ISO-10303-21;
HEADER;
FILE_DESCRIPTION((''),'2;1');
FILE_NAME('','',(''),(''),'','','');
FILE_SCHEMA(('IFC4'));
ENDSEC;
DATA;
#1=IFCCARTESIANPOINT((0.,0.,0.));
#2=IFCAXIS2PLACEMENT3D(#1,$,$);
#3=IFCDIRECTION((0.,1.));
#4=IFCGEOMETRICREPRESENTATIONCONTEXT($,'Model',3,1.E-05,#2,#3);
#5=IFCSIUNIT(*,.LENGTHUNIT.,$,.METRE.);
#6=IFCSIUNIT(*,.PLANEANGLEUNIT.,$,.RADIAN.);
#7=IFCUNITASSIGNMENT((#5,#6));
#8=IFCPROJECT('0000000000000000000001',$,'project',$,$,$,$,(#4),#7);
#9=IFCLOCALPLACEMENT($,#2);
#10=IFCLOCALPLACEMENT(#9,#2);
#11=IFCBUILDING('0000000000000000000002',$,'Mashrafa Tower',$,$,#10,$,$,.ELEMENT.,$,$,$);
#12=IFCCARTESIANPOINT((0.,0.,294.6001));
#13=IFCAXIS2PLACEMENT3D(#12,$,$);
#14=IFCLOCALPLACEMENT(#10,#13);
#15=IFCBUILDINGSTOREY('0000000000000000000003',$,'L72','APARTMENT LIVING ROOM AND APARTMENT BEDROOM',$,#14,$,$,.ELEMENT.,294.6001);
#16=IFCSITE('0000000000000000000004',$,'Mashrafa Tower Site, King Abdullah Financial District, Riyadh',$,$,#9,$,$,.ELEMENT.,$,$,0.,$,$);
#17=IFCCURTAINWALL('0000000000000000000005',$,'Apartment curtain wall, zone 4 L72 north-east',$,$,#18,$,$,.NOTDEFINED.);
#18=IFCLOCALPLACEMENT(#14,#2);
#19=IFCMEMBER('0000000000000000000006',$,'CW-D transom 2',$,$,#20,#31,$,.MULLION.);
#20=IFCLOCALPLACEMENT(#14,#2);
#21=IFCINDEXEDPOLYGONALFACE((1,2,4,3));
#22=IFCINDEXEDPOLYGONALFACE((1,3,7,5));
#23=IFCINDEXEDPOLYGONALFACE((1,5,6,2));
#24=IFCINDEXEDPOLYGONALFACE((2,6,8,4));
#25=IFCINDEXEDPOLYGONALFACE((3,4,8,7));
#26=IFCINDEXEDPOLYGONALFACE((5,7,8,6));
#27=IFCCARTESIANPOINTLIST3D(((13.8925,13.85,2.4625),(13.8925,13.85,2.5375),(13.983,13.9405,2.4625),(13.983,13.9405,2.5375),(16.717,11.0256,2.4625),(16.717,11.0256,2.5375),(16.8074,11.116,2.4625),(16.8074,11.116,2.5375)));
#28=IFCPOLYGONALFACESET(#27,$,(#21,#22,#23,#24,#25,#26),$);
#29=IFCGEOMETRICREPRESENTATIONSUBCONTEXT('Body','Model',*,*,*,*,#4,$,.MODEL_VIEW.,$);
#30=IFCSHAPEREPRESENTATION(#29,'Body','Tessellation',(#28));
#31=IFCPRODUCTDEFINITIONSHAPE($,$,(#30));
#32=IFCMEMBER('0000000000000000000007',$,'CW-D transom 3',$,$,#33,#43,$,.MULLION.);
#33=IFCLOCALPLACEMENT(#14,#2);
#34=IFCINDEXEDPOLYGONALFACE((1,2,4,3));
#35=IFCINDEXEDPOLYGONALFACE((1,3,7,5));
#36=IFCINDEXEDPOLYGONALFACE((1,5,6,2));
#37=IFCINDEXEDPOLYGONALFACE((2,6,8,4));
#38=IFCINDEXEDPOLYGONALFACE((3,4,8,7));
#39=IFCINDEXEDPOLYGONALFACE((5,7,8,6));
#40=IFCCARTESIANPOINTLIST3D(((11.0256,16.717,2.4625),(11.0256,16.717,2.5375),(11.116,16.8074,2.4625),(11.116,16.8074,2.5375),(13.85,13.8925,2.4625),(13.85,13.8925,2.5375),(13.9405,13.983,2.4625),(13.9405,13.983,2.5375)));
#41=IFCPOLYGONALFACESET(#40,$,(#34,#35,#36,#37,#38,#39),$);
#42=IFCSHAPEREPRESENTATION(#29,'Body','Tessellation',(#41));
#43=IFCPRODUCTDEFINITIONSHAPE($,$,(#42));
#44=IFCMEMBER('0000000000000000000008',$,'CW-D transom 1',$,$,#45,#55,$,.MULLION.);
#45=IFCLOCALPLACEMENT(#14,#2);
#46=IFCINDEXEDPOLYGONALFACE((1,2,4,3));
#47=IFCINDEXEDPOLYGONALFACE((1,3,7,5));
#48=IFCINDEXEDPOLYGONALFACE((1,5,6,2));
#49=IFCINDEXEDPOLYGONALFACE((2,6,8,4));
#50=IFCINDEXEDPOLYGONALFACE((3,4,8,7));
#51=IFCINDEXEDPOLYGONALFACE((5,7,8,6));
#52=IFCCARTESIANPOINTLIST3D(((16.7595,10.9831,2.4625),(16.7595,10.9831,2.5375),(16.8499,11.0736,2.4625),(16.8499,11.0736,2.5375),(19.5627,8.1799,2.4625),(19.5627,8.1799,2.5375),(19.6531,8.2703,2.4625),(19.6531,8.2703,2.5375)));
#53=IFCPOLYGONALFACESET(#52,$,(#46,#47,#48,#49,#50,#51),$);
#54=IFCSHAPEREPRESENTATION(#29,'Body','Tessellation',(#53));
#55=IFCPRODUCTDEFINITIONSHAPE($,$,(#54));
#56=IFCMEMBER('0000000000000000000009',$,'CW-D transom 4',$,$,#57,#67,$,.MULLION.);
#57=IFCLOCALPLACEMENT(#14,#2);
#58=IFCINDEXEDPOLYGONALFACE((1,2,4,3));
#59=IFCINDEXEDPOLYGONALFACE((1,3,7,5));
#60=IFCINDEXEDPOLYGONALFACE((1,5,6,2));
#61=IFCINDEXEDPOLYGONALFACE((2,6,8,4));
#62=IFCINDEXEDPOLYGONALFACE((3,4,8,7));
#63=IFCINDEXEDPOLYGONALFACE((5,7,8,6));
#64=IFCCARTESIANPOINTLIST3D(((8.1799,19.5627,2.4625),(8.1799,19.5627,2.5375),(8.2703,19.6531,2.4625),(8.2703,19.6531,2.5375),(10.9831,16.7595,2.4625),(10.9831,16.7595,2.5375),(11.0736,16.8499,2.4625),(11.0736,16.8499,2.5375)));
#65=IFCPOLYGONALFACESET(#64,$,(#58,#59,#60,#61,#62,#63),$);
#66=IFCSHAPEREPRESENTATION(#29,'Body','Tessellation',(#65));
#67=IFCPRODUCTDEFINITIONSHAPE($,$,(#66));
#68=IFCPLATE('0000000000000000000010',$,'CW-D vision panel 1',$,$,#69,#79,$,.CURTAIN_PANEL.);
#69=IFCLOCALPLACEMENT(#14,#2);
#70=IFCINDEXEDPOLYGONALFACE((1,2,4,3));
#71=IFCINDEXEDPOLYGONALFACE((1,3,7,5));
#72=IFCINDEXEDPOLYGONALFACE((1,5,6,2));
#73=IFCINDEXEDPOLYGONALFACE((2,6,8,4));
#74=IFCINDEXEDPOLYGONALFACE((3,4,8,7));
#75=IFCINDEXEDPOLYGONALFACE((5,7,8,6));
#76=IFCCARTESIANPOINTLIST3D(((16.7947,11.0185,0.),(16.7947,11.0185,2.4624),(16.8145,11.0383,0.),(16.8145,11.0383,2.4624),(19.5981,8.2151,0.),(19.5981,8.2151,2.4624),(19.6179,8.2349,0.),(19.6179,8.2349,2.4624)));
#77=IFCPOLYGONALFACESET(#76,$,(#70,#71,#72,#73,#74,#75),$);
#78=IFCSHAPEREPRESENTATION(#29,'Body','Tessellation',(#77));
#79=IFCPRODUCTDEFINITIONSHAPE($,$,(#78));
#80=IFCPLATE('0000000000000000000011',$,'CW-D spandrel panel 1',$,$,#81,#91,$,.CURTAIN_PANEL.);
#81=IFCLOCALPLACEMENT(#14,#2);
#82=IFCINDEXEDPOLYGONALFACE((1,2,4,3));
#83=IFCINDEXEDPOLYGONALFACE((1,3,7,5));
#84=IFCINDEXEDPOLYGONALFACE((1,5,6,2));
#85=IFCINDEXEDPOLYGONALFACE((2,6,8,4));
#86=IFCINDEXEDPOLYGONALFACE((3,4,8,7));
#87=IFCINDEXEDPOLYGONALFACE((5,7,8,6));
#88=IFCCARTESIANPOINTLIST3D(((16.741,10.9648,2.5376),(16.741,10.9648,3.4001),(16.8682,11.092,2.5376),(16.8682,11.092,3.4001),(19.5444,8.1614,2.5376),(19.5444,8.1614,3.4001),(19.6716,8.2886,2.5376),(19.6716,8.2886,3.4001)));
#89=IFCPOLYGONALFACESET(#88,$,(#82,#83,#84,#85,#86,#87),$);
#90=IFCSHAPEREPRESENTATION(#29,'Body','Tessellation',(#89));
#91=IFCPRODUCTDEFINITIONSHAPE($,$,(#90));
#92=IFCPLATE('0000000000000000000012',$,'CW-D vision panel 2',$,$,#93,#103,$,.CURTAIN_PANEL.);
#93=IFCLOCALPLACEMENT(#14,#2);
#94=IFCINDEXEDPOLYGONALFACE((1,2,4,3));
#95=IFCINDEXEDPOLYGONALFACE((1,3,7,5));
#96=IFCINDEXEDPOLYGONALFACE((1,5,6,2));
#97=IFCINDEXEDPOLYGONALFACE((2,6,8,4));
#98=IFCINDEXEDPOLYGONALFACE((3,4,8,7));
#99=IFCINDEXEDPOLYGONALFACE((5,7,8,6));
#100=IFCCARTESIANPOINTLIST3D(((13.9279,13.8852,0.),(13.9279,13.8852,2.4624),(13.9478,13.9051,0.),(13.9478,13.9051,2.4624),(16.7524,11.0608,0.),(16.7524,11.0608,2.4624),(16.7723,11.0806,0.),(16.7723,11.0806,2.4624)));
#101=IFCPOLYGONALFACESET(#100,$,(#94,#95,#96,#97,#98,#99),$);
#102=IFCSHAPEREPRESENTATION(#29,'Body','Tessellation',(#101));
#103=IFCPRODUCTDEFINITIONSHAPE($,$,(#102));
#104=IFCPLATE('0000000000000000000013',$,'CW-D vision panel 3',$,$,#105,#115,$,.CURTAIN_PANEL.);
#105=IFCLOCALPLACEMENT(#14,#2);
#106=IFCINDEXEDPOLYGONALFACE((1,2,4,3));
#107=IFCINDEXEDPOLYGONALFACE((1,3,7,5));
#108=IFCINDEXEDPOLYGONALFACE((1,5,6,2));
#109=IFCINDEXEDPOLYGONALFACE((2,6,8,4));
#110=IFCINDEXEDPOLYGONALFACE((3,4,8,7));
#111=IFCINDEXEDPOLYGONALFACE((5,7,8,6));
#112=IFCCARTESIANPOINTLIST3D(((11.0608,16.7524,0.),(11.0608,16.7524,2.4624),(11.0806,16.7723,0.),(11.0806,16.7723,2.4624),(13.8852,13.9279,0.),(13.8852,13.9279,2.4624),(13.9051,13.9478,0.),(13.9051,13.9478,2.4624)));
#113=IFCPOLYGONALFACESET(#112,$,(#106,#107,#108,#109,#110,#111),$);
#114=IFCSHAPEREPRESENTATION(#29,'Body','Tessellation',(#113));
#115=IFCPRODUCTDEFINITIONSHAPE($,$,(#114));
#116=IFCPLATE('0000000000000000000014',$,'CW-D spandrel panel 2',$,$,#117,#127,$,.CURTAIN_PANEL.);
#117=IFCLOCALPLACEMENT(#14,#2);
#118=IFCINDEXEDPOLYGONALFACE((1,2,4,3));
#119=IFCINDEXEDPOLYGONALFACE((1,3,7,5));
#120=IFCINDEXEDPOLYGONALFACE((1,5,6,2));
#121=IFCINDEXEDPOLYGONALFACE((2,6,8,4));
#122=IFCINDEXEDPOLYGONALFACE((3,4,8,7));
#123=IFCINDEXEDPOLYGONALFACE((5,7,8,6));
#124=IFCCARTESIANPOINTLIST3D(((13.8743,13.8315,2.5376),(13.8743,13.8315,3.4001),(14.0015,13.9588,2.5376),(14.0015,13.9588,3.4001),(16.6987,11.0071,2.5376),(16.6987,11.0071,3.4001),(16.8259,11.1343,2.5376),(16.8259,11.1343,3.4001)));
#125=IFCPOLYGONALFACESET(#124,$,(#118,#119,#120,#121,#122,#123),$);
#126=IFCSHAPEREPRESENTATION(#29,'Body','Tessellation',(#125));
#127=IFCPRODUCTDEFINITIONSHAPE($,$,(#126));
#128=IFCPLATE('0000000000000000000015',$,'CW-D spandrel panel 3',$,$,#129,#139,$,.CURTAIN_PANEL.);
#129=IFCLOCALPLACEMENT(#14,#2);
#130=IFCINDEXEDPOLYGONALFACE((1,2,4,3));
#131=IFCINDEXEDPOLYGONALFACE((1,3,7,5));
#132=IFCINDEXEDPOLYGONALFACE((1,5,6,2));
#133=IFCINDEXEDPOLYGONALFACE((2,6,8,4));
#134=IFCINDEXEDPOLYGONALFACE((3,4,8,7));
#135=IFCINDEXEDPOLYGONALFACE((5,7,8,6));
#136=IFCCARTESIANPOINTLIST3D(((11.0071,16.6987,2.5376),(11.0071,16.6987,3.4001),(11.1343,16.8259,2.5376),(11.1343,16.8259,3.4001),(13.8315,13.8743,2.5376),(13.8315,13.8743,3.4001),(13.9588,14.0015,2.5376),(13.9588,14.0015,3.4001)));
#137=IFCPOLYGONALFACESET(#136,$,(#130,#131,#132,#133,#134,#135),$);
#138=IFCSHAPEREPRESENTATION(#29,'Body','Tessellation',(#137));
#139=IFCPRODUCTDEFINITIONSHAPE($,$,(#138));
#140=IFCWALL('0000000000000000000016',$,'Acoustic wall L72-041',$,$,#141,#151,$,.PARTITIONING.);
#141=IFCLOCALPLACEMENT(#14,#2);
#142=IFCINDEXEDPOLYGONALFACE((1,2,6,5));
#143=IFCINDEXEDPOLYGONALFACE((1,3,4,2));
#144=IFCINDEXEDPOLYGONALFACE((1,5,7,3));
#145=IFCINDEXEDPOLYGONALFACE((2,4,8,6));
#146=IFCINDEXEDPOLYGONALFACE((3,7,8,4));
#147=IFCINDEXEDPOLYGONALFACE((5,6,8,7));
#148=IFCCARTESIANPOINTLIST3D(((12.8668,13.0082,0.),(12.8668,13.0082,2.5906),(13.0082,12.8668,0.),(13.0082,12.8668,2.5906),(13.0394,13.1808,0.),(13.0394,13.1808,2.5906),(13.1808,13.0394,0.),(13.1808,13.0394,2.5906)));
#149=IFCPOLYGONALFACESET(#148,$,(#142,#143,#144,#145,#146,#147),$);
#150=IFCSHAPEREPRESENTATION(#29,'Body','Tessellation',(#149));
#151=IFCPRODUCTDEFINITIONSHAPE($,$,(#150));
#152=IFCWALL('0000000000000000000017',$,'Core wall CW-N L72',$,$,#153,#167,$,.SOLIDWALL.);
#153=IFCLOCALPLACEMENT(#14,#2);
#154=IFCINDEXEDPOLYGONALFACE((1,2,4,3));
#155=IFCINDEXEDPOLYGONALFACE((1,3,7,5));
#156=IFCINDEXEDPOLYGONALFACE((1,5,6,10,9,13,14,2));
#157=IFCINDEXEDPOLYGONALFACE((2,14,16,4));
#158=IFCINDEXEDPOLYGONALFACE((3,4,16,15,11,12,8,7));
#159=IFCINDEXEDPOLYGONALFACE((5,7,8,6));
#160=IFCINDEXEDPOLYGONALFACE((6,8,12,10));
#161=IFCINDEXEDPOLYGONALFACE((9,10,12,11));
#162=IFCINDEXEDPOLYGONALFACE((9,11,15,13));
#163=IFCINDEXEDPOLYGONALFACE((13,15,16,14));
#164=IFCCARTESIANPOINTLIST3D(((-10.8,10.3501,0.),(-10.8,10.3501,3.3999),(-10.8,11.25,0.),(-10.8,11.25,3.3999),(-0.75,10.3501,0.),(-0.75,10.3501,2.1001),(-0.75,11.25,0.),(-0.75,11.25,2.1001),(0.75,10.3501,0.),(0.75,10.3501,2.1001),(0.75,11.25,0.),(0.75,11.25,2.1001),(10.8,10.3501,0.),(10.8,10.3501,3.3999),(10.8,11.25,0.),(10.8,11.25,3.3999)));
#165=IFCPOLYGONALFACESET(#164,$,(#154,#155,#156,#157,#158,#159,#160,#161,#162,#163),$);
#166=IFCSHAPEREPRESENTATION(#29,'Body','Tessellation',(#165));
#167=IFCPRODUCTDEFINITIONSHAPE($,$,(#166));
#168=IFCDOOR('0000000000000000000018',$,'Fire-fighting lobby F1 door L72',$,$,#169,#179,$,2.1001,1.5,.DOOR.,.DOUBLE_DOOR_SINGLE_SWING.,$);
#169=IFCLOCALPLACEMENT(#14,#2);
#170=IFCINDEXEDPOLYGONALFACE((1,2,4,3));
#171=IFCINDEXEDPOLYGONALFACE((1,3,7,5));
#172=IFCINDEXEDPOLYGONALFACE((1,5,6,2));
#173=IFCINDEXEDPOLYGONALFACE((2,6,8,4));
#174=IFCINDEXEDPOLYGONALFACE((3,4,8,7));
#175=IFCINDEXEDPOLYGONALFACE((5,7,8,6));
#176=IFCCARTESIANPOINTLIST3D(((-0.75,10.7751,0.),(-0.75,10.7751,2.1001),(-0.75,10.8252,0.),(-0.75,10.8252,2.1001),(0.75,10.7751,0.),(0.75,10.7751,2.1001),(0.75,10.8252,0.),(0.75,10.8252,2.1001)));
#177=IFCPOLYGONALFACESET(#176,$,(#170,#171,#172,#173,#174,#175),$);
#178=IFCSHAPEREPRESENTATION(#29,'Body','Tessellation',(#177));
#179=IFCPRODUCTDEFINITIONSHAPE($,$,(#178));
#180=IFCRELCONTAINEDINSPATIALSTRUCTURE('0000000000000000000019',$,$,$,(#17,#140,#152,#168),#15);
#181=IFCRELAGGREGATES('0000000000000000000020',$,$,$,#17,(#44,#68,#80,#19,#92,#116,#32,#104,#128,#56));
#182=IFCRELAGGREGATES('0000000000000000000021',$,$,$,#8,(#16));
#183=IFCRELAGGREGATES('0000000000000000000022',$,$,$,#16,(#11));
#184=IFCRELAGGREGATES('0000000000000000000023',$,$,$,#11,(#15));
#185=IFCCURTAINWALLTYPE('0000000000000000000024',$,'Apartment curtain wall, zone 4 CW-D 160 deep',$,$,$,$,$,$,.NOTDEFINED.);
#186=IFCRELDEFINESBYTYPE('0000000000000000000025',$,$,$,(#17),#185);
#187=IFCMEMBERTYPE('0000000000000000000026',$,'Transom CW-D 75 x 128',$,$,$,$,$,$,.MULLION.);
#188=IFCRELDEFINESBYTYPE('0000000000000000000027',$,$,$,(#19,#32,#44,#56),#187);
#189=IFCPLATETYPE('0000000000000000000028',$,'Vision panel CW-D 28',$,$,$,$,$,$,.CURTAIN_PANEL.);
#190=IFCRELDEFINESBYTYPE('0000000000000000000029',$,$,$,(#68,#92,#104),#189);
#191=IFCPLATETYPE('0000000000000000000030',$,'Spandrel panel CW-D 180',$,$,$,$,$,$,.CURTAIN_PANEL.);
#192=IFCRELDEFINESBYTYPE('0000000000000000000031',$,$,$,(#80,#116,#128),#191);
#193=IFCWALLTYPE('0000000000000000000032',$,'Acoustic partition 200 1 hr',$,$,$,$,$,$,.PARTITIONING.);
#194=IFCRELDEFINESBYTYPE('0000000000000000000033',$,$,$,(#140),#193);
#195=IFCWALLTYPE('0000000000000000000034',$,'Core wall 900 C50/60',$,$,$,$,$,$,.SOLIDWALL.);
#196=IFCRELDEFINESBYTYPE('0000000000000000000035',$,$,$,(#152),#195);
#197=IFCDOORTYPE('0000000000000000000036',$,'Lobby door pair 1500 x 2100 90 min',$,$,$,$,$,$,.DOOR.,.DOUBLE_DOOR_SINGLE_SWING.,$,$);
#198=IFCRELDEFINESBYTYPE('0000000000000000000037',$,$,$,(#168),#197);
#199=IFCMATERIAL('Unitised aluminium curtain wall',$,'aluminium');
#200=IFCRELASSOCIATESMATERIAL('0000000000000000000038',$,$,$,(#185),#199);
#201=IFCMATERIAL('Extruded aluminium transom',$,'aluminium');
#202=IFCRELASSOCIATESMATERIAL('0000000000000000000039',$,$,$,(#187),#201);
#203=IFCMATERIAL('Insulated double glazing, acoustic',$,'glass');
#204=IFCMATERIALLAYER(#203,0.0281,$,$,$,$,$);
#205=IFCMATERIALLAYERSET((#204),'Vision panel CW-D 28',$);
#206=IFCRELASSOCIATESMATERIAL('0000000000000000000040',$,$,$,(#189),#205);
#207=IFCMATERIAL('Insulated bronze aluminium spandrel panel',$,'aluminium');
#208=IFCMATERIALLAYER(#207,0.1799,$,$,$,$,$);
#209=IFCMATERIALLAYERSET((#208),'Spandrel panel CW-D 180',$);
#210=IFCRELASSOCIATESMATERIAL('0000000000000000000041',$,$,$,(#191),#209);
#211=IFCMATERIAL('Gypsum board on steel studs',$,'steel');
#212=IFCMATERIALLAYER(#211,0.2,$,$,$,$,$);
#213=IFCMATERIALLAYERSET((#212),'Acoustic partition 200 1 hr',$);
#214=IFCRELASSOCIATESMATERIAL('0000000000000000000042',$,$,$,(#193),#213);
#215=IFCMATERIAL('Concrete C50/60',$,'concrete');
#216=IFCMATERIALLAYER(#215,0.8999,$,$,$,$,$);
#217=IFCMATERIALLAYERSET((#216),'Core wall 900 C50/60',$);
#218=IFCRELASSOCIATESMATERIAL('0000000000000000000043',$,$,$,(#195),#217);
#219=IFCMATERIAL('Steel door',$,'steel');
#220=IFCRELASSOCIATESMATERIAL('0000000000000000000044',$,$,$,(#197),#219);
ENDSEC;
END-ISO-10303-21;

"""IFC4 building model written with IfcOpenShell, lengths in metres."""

from ifc_helpers import new_model, si_unit, direction, frame, frame_2d, origin, origin_2d, place, context, subcontext, project, spatial, rectangle, extrude, source, transform, mapped, material, layer, layer_set, material_profile, profile_set, type_object, type_shapes, element, fill, aggregate, save


model = new_model("IFC4")

# Units and contexts
model_context = context("Model", 3, precision=1e-05, world=origin(), true_north=direction((0.0, 1.0)))
body_context = subcontext(model_context, "Body", "Model", "MODEL_VIEW")
ifc_project = project(units=[si_unit("LENGTHUNIT", "METRE"), si_unit("PLANEANGLEUNIT", "RADIAN")], contexts=[model_context])

# Site, building, storey
site_placement = place(None, origin())
site = spatial("IfcSite", under=ifc_project, at=site_placement, Name="Mashrafa Tower Site, King Abdullah Financial District, Riyadh", CompositionType="ELEMENT", RefElevation=0.0)
building_placement = place(site_placement, origin())
building = spatial("IfcBuilding", under=site, at=building_placement, Name="Mashrafa Tower", CompositionType="ELEMENT")
storey_placement = place(building_placement, frame((0.0, 0.0, 294.6001)))
storey = spatial("IfcBuildingStorey", under=building, at=storey_placement, Name="L72", Description="APARTMENT LIVING ROOM AND APARTMENT BEDROOM", CompositionType="ELEMENT", Elevation=294.6001)

# Curtain wall, members, plates
ifc_material_1 = material(Name="Unitised aluminium curtain wall", Category="aluminium")
curtain_wall_type = type_object("IfcCurtainWallType", Name="Apartment curtain wall, zone 4 CW-D 160 deep", PredefinedType="NOTDEFINED", material=ifc_material_1)
curtain_wall_placement = place(storey_placement, origin())
curtain_wall = element("IfcCurtainWall", 1, at=curtain_wall_placement, inside=storey, type_object=curtain_wall_type, Name="Apartment curtain wall, zone 4 L72 north-east", PredefinedType="NOTDEFINED")
ifc_material_2 = material(Name="Extruded aluminium transom", Category="aluminium")
ifc_material_profile_1 = material_profile(ifc_material_2, rectangle(XDim=0.1279, YDim=0.075, at=origin_2d()), Name="Transom 75x128")
ifc_profile_set_1 = profile_set([ifc_material_profile_1], Name="Extruded aluminium transom")
member_type_1 = type_object("IfcMemberType", Name="Transom CW-D 75 x 128", PredefinedType="MULLION", material=ifc_profile_set_1)
shared_shape_1 = source(origin(), body_context, "Body", "SweptSolid", [
    extrude(rectangle(XDim=0.1279, YDim=0.075, at=origin_2d()), origin(), (0.0, 0.0, 1.0), 3.9944),
])
member_1_placement = place(storey_placement, frame((16.7622, 11.0708, 2.5), z_axis=(-0.707107, 0.707107, 0.0), x_axis=(-0.707107, -0.707107, 0.0)))
member_1 = element("IfcMember", 2, at=member_1_placement, type_object=member_type_1, Name="CW-D transom 2", PredefinedType="MULLION", context=body_context, shape_type="MappedRepresentation", body=[
    mapped(shared_shape_1, transform((0.0, 0.0, 0.0))),
])
member_2_placement = place(storey_placement, frame((13.8953, 13.9377, 2.5), z_axis=(-0.707107, 0.707107, 0.0), x_axis=(-0.707107, -0.707107, 0.0)))
member_2 = element("IfcMember", 3, at=member_2_placement, type_object=member_type_1, Name="CW-D transom 3", PredefinedType="MULLION", context=body_context, shape_type="MappedRepresentation", body=[
    mapped(shared_shape_1, transform((0.0, 0.0, 0.0))),
])
shared_shape_2 = source(origin(), body_context, "Body", "SweptSolid", [
    extrude(rectangle(XDim=0.1279, YDim=0.075, at=origin_2d()), origin(), (0.0, 0.0, 1.0), 3.9644),
])
type_shapes(member_type_1, [shared_shape_1, shared_shape_2])
member_3_placement = place(storey_placement, frame((19.6079, 8.2251, 2.5), z_axis=(-0.707107, 0.707107, 0.0), x_axis=(-0.707107, -0.707107, 0.0)))
member_3 = element("IfcMember", 4, at=member_3_placement, type_object=member_type_1, Name="CW-D transom 1", PredefinedType="MULLION", context=body_context, shape_type="MappedRepresentation", body=[
    mapped(shared_shape_2, transform((0.0, 0.0, 0.0))),
])
member_4_placement = place(storey_placement, frame((11.0283, 16.8047, 2.5), z_axis=(-0.707107, 0.707107, 0.0), x_axis=(-0.707107, -0.707107, 0.0)))
member_4 = element("IfcMember", 5, at=member_4_placement, type_object=member_type_1, Name="CW-D transom 4", PredefinedType="MULLION", context=body_context, shape_type="MappedRepresentation", body=[
    mapped(shared_shape_2, transform((0.0, 0.0, 0.0))),
])
ifc_material_3 = material(Name="Insulated double glazing, acoustic", Category="glass")
ifc_layer_1 = layer(ifc_material_3, 0.0281)
ifc_layer_set_1 = layer_set([ifc_layer_1], Name="Vision panel CW-D 28")
plate_type_1 = type_object("IfcPlateType", Name="Vision panel CW-D 28", PredefinedType="CURTAIN_PANEL", material=ifc_layer_set_1)
shared_shape_3 = source(origin(), body_context, "Body", "SweptSolid", [
    extrude(rectangle(XDim=3.9646, YDim=0.0281, at=origin_2d()), origin(), (0.0, 0.0, 1.0), 2.4624),
])
plate_1_placement = place(storey_placement, frame((18.2063, 9.6267, 0.0), z_axis=(0.0, 0.0, 1.0), x_axis=(-0.707107, 0.707107, 0.0)))
plate_1 = element("IfcPlate", 6, at=plate_1_placement, type_object=plate_type_1, Name="CW-D vision panel 1", PredefinedType="CURTAIN_PANEL", context=body_context, shape_type="MappedRepresentation", body=[
    mapped(shared_shape_3, transform((0.0, 0.0, 0.0))),
])
ifc_material_4 = material(Name="Insulated bronze aluminium spandrel panel", Category="aluminium")
ifc_layer_2 = layer(ifc_material_4, 0.1799)
ifc_layer_set_2 = layer_set([ifc_layer_2], Name="Spandrel panel CW-D 180")
plate_type_2 = type_object("IfcPlateType", Name="Spandrel panel CW-D 180", PredefinedType="CURTAIN_PANEL", material=ifc_layer_set_2)
shared_shape_4 = source(origin(), body_context, "Body", "SweptSolid", [
    extrude(rectangle(XDim=3.9646, YDim=0.1799, at=origin_2d()), origin(), (0.0, 0.0, 1.0), 0.8625),
])
plate_2_placement = place(storey_placement, frame((18.2063, 9.6267, 2.5376), z_axis=(0.0, 0.0, 1.0), x_axis=(-0.707107, 0.707107, 0.0)))
plate_2 = element("IfcPlate", 7, at=plate_2_placement, type_object=plate_type_2, Name="CW-D spandrel panel 1", PredefinedType="CURTAIN_PANEL", context=body_context, shape_type="MappedRepresentation", body=[
    mapped(shared_shape_4, transform((0.0, 0.0, 0.0))),
])
shared_shape_5 = source(origin(), body_context, "Body", "SweptSolid", [
    extrude(rectangle(XDim=3.9944, YDim=0.0281, at=origin_2d()), origin(), (0.0, 0.0, 1.0), 2.4624),
])
type_shapes(plate_type_1, [shared_shape_3, shared_shape_5])
plate_3_placement = place(storey_placement, frame((15.3501, 12.4829, 0.0), z_axis=(0.0, 0.0, 1.0), x_axis=(-0.707107, 0.707107, 0.0)))
plate_3 = element("IfcPlate", 8, at=plate_3_placement, type_object=plate_type_1, Name="CW-D vision panel 2", PredefinedType="CURTAIN_PANEL", context=body_context, shape_type="MappedRepresentation", body=[
    mapped(shared_shape_5, transform((0.0, 0.0, 0.0))),
])
plate_4_placement = place(storey_placement, frame((12.4829, 15.3501, 0.0), z_axis=(0.0, 0.0, 1.0), x_axis=(-0.707107, 0.707107, 0.0)))
plate_4 = element("IfcPlate", 9, at=plate_4_placement, type_object=plate_type_1, Name="CW-D vision panel 3", PredefinedType="CURTAIN_PANEL", context=body_context, shape_type="MappedRepresentation", body=[
    mapped(shared_shape_5, transform((0.0, 0.0, 0.0))),
])
shared_shape_6 = source(origin(), body_context, "Body", "SweptSolid", [
    extrude(rectangle(XDim=3.9944, YDim=0.1799, at=origin_2d()), origin(), (0.0, 0.0, 1.0), 0.8625),
])
type_shapes(plate_type_2, [shared_shape_4, shared_shape_6])
plate_5_placement = place(storey_placement, frame((15.3501, 12.4829, 2.5376), z_axis=(0.0, 0.0, 1.0), x_axis=(-0.707107, 0.707107, 0.0)))
plate_5 = element("IfcPlate", 10, at=plate_5_placement, type_object=plate_type_2, Name="CW-D spandrel panel 2", PredefinedType="CURTAIN_PANEL", context=body_context, shape_type="MappedRepresentation", body=[
    mapped(shared_shape_6, transform((0.0, 0.0, 0.0))),
])
plate_6_placement = place(storey_placement, frame((12.4829, 15.3501, 2.5376), z_axis=(0.0, 0.0, 1.0), x_axis=(-0.707107, 0.707107, 0.0)))
plate_6 = element("IfcPlate", 11, at=plate_6_placement, type_object=plate_type_2, Name="CW-D spandrel panel 3", PredefinedType="CURTAIN_PANEL", context=body_context, shape_type="MappedRepresentation", body=[
    mapped(shared_shape_6, transform((0.0, 0.0, 0.0))),
])
aggregate(curtain_wall, [member_3, plate_1, plate_2, member_1, plate_3, plate_5, member_2, plate_4, plate_6, member_4])

# Wall
ifc_material_5 = material(Name="Gypsum board on steel studs", Category="steel")
ifc_layer_3 = layer(ifc_material_5, 0.2)
ifc_layer_set_3 = layer_set([ifc_layer_3], Name="Acoustic partition 200 1 hr")
wall_type_1 = type_object("IfcWallType", Name="Acoustic partition 200 1 hr", PredefinedType="PARTITIONING", material=ifc_layer_set_3)
wall_1_placement = place(storey_placement, frame((13.1101, 13.1101, 0.0), z_axis=(0.0, 0.0, 1.0), x_axis=(-0.707107, -0.707107, 0.0)))
element("IfcWall", 12, at=wall_1_placement, inside=storey, type_object=wall_type_1, Name="Acoustic wall L72-041", PredefinedType="PARTITIONING", context=body_context, shape_type="SweptSolid", body=[
    extrude(rectangle(XDim=0.2441, YDim=0.2, at=frame_2d((0.1221, 0.0))), origin(), (0.0, 0.0, 1.0), 2.5906),
])

# Wall, opening, door
ifc_material_6 = material(Name="Concrete C50/60", Category="concrete")
ifc_layer_4 = layer(ifc_material_6, 0.8999)
ifc_layer_set_4 = layer_set([ifc_layer_4], Name="Core wall 900 C50/60")
wall_type_2 = type_object("IfcWallType", Name="Core wall 900 C50/60", PredefinedType="SOLIDWALL", material=ifc_layer_set_4)
wall_2_placement = place(storey_placement, frame((10.8, 10.8, 0.0), z_axis=(0.0, 0.0, 1.0), x_axis=(-1.0, 0.0, 0.0)))
wall_2 = element("IfcWall", 13, at=wall_2_placement, inside=storey, type_object=wall_type_2, Name="Core wall CW-N L72", PredefinedType="SOLIDWALL", context=body_context, shape_type="SweptSolid", body=[
    extrude(rectangle(XDim=21.6001, YDim=0.8999, at=frame_2d((10.8, 0.0))), origin(), (0.0, 0.0, 1.0), 3.3999),
])
opening_placement = place(wall_2_placement, frame((10.05, 0.0, 0.0)))
opening = element("IfcOpeningElement", 14, at=opening_placement, cuts=wall_2, PredefinedType="OPENING", context=body_context, shape_type="SweptSolid", body=[
    extrude(rectangle(XDim=1.5, YDim=2.1001, at=frame_2d((0.75, 1.05))), frame((0.0, 0.46, 0.0), z_axis=(0.0, -1.0, 0.0), x_axis=(1.0, 0.0, 0.0)), (0.0, 0.0, 1.0), 0.9199),
])
ifc_material_7 = material(Name="Steel door", Category="steel")
door_type = type_object("IfcDoorType", Name="Lobby door pair 1500 x 2100 90 min", OperationType="DOUBLE_DOOR_SINGLE_SWING", PredefinedType="DOOR", material=ifc_material_7)
door_placement = place(opening_placement, origin())
door = element("IfcDoor", 15, at=door_placement, inside=storey, type_object=door_type, Name="Fire-fighting lobby F1 door L72", OperationType="DOUBLE_DOOR_SINGLE_SWING", OverallHeight=2.1001, OverallWidth=1.5, PredefinedType="DOOR", context=body_context, shape_type="SweptSolid", body=[
    extrude(rectangle(XDim=1.5, YDim=2.1001, at=frame_2d((0.75, 1.05))), frame((0.0, 0.0249, 0.0), z_axis=(0.0, -1.0, 0.0), x_axis=(1.0, 0.0, 0.0)), (0.0, 0.0, 1.0), 0.05),
])
fill(opening, door)

save(model, "model.ifc")
